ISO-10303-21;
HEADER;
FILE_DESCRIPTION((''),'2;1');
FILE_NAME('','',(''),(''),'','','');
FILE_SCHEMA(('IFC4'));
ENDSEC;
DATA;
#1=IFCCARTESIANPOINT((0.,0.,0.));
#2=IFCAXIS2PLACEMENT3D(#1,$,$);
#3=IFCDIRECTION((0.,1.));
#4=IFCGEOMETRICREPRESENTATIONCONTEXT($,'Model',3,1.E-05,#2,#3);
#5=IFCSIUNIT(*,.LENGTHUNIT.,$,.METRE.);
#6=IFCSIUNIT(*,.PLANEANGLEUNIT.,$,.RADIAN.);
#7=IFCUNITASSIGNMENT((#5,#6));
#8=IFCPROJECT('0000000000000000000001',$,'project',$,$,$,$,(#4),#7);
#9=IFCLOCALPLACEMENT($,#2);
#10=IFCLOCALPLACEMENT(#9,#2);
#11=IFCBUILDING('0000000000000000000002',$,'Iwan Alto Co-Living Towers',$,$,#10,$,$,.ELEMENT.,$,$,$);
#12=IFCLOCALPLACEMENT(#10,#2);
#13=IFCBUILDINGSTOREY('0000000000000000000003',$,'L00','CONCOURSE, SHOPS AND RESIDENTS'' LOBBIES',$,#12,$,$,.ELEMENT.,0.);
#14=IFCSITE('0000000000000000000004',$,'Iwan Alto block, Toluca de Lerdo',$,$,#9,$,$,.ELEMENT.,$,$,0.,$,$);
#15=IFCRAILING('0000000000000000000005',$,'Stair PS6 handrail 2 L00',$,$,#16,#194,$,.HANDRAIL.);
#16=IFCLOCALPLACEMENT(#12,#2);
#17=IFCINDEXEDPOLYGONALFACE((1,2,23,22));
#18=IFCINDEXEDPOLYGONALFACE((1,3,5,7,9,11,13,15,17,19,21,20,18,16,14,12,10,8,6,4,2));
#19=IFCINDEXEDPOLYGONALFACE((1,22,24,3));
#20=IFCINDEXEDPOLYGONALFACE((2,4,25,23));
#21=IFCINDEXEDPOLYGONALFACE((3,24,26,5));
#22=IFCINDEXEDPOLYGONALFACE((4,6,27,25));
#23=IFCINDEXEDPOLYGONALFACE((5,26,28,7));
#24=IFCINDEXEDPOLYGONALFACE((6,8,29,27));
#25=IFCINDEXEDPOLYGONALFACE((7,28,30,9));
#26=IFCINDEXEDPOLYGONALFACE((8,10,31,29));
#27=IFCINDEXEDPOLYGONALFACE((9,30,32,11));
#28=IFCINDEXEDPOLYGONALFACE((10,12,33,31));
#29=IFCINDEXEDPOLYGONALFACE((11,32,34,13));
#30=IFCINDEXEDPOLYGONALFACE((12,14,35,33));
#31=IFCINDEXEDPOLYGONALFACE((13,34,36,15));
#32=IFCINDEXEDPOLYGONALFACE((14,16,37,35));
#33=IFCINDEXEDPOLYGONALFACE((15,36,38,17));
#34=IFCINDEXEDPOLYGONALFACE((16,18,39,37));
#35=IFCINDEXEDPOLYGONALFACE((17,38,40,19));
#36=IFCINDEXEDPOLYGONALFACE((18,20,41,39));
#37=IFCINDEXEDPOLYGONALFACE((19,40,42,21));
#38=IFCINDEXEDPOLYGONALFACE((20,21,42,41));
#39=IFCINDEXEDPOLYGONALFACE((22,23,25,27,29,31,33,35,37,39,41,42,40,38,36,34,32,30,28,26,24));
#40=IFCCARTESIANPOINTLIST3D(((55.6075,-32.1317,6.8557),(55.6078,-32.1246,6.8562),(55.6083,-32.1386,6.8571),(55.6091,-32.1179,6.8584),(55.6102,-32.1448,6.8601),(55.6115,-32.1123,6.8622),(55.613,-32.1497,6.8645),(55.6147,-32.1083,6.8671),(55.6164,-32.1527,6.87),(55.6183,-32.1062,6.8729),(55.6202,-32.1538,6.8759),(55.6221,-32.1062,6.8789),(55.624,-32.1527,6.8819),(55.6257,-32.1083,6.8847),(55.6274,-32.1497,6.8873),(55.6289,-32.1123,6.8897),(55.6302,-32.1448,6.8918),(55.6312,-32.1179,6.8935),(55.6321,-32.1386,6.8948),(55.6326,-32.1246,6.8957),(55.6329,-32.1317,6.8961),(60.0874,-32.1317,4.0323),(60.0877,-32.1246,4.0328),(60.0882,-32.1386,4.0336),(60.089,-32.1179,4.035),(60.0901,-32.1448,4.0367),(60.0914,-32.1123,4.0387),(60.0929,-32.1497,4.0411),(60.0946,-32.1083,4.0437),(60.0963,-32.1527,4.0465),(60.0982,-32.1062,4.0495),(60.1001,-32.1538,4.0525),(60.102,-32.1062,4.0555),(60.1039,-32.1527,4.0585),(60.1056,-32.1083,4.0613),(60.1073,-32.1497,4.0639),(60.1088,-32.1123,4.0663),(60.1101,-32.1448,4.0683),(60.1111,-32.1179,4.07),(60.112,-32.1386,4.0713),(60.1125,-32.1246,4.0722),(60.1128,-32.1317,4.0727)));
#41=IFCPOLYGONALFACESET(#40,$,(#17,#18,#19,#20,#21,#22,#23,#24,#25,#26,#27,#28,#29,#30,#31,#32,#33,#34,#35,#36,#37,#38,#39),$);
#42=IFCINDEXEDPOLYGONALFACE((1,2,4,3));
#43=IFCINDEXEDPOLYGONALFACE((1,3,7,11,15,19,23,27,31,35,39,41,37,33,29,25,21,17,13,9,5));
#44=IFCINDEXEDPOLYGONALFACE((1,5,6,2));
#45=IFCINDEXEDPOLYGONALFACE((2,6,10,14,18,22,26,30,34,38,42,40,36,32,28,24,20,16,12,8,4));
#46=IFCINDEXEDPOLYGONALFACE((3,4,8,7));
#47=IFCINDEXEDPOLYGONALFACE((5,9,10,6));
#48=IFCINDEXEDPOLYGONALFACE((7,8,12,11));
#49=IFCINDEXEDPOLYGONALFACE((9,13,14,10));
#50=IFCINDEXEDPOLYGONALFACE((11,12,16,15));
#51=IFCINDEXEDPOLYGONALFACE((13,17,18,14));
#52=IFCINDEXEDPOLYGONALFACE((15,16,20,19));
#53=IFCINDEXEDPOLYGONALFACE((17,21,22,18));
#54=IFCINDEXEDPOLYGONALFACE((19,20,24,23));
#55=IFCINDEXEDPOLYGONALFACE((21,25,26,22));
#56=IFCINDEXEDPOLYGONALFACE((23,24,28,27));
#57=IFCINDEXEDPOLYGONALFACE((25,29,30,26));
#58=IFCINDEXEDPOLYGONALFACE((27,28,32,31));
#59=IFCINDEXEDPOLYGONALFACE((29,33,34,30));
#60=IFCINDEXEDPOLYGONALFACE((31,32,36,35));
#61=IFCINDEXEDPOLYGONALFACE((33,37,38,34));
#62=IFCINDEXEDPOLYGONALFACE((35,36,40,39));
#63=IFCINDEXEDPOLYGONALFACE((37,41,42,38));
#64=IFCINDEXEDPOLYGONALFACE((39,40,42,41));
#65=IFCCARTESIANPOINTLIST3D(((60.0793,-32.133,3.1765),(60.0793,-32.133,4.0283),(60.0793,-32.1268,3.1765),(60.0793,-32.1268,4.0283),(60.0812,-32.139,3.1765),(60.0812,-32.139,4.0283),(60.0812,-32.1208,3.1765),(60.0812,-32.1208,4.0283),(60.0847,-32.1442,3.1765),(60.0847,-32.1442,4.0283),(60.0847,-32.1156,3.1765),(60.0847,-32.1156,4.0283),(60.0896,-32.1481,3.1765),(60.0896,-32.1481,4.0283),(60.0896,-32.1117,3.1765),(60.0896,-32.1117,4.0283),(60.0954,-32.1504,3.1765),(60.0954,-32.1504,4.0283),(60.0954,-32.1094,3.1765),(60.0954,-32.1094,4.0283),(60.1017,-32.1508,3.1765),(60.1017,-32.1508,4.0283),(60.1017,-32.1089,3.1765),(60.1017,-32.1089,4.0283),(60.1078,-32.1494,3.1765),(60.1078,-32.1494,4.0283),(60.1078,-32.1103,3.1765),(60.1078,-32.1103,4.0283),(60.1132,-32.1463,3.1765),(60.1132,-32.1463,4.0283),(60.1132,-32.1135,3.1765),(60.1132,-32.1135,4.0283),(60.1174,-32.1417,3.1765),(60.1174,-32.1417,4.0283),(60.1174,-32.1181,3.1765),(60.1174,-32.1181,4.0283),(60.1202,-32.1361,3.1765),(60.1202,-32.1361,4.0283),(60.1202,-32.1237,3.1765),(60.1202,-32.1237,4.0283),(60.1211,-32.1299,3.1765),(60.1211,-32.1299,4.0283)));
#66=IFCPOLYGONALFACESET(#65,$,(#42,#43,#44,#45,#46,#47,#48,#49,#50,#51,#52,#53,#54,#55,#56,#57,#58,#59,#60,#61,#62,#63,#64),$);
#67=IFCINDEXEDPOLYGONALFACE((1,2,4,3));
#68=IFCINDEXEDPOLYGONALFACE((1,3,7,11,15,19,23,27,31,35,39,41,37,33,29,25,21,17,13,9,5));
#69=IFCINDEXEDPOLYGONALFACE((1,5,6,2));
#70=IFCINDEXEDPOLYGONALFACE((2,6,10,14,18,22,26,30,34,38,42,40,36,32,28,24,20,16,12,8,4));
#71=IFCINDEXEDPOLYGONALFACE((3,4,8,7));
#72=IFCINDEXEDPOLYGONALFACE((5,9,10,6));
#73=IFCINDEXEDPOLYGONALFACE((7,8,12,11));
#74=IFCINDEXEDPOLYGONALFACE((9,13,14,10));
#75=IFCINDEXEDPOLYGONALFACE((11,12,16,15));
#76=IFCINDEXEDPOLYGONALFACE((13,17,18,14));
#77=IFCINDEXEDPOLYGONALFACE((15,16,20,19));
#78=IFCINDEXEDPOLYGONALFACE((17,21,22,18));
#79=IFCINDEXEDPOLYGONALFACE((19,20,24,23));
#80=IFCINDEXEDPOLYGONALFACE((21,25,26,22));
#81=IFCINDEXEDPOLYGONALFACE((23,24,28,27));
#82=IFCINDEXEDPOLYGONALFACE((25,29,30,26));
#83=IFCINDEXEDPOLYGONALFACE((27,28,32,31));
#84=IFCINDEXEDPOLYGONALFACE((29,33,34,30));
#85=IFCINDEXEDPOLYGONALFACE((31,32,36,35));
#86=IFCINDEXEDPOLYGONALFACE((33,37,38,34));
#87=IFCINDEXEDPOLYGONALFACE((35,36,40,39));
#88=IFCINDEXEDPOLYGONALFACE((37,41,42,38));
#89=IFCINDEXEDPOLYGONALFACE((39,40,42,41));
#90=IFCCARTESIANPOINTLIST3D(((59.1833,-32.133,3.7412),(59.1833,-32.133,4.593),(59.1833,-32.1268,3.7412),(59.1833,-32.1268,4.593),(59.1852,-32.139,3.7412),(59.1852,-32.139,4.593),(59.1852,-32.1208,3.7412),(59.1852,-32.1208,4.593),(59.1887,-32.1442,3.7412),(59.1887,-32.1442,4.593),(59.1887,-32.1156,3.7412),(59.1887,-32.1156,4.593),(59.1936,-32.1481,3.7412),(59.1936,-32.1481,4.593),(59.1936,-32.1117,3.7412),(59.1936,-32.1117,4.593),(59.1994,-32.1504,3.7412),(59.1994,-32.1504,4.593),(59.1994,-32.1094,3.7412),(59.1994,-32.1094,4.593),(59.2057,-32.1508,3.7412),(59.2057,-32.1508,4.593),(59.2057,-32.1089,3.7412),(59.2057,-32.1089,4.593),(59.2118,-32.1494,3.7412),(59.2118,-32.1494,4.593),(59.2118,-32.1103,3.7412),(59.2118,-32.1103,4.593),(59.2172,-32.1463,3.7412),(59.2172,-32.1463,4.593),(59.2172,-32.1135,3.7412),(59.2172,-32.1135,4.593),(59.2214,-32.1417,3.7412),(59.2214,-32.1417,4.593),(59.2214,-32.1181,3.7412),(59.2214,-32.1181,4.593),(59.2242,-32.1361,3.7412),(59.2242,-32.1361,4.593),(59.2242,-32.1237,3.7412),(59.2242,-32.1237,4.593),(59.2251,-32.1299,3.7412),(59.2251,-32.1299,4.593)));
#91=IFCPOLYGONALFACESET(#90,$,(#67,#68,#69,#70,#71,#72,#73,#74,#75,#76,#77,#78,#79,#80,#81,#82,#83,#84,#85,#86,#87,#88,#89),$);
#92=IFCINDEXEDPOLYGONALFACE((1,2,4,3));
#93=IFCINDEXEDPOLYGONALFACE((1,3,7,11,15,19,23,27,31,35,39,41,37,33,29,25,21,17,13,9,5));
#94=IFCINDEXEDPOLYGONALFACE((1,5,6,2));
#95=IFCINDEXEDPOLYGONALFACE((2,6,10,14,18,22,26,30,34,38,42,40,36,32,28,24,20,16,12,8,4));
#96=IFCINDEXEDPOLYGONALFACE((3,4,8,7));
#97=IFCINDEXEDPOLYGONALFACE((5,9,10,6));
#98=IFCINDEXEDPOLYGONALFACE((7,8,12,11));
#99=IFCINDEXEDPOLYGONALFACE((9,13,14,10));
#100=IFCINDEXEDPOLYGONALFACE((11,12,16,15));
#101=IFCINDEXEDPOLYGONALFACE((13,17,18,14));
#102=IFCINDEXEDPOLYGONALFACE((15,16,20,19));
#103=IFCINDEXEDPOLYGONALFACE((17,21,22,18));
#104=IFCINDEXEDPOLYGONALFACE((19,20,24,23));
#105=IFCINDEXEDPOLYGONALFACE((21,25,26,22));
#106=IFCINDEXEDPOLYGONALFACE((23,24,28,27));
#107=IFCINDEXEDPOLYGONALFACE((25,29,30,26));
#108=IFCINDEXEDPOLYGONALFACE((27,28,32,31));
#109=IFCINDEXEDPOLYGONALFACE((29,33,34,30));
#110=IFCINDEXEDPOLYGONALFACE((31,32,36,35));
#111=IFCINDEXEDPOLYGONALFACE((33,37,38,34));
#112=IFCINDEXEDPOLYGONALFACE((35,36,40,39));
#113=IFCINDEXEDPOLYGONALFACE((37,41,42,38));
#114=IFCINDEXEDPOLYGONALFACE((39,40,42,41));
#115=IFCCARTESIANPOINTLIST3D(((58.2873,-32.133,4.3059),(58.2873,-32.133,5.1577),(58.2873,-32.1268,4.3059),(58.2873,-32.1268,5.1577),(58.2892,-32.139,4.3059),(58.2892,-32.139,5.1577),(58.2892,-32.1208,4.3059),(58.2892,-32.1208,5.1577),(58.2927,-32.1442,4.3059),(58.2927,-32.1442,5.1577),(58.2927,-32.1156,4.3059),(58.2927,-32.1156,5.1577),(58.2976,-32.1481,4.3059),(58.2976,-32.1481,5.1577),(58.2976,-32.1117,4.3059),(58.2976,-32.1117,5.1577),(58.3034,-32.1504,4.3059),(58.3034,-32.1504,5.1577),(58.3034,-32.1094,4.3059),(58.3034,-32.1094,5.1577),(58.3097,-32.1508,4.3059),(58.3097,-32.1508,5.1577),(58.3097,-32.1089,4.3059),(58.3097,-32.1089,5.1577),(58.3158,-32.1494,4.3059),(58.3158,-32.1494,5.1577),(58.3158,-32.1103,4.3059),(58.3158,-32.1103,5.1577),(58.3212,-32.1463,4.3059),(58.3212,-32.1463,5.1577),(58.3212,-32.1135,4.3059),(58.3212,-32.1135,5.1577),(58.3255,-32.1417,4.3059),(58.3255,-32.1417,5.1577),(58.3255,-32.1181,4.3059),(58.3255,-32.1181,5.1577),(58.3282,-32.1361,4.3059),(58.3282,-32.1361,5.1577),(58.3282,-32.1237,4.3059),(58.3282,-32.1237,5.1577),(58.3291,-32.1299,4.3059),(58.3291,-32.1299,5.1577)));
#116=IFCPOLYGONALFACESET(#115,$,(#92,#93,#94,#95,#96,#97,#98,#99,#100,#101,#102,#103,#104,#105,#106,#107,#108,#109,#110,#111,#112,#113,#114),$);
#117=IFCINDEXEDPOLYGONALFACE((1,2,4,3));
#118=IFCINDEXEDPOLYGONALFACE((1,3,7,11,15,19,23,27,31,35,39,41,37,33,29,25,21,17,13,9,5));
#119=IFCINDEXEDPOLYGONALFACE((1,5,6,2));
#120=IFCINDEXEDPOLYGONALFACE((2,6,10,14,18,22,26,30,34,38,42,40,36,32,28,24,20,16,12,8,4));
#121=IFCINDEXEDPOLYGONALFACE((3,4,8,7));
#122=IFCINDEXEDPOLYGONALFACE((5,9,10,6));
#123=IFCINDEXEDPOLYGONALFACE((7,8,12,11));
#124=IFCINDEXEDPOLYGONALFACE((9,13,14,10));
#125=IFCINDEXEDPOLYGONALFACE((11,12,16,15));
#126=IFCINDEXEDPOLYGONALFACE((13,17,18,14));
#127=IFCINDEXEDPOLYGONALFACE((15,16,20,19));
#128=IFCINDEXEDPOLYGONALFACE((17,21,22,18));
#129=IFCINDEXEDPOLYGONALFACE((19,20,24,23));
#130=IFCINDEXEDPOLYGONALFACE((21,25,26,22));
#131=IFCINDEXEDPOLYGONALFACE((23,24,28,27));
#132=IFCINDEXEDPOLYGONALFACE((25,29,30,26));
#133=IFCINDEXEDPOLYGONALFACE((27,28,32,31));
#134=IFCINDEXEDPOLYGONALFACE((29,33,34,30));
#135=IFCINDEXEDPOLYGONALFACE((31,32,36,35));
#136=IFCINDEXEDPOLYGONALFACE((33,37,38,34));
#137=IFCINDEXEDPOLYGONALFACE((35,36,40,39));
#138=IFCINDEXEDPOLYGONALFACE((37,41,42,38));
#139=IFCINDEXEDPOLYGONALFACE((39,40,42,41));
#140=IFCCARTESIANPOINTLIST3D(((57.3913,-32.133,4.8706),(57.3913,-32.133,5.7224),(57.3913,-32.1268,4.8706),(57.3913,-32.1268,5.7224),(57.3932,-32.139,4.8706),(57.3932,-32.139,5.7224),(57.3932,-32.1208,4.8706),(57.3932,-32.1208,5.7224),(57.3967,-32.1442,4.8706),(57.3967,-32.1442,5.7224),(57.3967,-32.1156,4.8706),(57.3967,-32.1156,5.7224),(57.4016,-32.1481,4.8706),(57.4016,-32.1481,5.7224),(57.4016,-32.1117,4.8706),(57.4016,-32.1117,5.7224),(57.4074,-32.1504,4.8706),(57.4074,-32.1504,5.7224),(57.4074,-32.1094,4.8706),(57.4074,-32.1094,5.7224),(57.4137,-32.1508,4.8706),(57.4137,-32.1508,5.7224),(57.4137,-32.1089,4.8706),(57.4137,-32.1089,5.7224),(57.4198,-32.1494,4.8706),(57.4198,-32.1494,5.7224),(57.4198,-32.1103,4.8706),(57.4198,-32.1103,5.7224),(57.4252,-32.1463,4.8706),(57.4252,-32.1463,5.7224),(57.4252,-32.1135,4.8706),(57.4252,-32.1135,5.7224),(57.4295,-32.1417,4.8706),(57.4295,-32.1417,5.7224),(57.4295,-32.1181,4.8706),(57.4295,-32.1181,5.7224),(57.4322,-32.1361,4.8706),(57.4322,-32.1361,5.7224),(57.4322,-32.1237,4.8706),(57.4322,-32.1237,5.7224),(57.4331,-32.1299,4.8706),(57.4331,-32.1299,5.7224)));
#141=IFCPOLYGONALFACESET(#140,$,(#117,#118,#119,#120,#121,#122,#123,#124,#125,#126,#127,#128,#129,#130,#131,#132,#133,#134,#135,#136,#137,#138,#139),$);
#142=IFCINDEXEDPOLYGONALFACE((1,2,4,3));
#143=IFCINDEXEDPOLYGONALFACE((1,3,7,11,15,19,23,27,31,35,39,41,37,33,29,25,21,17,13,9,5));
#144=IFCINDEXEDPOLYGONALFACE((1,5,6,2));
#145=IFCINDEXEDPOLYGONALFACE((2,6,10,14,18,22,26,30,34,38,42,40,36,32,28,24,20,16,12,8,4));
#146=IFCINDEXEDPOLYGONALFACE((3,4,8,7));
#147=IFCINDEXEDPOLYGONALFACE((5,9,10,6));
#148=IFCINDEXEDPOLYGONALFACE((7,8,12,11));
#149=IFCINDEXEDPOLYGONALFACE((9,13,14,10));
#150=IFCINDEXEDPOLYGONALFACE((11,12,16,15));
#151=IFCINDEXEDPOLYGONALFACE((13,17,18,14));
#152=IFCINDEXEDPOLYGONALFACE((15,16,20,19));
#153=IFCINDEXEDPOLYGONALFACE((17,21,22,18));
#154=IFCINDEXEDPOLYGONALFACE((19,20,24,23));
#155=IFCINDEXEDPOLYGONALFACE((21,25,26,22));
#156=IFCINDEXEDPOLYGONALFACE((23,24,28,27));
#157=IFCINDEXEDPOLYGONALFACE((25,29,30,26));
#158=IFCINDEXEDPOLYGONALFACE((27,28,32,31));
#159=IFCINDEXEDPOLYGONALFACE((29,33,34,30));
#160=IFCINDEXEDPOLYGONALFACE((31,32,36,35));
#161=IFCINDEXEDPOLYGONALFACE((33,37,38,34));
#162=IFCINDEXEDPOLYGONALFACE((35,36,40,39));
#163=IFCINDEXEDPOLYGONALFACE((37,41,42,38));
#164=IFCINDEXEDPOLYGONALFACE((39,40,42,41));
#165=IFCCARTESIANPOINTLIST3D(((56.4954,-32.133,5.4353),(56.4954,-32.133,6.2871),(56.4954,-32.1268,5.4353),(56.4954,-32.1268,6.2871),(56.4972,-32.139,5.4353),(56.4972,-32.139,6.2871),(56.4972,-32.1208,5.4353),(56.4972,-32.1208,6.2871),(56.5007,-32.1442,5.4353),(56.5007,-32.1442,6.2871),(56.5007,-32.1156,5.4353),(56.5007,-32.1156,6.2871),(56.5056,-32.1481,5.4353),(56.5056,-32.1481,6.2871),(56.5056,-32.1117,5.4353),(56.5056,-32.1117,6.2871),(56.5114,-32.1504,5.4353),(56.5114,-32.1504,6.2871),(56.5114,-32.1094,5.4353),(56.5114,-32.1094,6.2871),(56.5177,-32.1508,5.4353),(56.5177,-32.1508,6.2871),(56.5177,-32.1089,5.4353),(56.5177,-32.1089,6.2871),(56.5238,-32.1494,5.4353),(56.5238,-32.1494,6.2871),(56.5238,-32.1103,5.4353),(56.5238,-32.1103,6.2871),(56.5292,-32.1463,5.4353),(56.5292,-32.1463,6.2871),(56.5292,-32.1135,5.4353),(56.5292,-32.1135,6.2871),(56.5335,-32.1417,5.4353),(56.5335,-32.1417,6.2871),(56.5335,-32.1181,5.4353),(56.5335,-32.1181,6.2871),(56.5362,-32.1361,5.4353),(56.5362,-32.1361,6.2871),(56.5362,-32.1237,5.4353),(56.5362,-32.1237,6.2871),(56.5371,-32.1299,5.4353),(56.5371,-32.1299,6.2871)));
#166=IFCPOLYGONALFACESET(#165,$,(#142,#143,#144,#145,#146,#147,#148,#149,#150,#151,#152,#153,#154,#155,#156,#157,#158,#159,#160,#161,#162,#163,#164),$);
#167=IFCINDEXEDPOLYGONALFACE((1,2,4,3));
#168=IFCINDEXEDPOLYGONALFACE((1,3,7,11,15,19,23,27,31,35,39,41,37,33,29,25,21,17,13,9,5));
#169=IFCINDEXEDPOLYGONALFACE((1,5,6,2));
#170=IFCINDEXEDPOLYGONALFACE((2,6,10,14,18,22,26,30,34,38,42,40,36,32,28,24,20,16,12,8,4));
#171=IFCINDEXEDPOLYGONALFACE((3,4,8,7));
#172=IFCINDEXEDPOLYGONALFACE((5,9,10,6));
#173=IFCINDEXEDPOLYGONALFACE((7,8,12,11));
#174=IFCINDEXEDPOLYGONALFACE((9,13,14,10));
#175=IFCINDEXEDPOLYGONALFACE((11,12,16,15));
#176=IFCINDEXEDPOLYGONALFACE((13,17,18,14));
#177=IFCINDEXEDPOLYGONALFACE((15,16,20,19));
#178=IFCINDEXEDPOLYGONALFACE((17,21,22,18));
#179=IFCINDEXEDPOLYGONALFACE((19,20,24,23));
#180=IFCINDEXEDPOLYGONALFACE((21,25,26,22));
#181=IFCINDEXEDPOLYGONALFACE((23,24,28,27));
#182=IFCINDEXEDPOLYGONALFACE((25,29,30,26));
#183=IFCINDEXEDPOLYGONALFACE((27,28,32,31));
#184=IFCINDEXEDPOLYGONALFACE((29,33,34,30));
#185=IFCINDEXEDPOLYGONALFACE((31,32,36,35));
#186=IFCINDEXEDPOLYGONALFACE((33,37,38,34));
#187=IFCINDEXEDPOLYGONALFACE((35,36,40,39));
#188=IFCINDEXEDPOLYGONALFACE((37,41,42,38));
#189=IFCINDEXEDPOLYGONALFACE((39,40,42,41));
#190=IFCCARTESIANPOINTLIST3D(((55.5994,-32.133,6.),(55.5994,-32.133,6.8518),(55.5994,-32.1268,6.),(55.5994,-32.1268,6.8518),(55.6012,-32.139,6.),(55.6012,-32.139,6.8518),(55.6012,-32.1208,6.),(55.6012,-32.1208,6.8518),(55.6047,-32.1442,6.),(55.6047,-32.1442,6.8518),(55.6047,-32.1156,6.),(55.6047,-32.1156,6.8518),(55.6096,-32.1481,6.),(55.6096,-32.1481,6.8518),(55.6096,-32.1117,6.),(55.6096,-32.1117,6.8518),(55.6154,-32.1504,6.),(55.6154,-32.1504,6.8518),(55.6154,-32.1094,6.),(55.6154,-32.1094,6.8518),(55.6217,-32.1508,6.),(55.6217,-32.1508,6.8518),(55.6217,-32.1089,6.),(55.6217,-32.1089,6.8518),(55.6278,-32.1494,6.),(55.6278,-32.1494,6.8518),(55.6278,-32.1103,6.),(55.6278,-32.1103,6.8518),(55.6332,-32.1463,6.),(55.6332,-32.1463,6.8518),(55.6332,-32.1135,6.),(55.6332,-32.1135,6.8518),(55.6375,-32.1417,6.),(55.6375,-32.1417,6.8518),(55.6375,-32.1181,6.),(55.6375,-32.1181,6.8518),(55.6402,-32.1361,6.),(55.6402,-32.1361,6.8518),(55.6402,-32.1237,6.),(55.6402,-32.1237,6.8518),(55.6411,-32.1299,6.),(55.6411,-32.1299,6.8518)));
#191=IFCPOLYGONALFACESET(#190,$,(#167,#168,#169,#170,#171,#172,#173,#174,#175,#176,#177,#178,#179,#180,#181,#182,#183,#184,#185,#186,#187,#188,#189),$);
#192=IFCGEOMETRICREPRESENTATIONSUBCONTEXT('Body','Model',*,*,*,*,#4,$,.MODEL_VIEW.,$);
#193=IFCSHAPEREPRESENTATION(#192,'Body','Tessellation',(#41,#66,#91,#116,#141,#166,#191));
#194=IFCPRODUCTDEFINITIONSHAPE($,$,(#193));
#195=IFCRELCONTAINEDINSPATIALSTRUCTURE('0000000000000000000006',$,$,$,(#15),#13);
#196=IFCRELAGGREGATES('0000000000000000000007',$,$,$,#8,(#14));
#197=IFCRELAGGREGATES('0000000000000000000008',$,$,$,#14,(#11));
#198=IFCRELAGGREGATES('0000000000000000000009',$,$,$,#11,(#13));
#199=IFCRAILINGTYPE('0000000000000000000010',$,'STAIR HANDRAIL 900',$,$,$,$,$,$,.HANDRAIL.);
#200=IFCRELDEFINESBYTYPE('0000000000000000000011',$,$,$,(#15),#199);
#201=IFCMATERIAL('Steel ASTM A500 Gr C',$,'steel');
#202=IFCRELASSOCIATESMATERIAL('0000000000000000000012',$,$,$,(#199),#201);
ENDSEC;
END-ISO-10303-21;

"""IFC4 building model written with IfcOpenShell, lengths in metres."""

from ifc_helpers import new_model, si_unit, direction, frame, origin, origin_2d, place, context, subcontext, project, spatial, circle, extrude, material, type_object, element, save


model = new_model("IFC4")

# Units and contexts
model_context = context("Model", 3, precision=1e-05, world=origin(), true_north=direction((0.0, 1.0)))
body_context = subcontext(model_context, "Body", "Model", "MODEL_VIEW")
ifc_project = project(units=[si_unit("LENGTHUNIT", "METRE"), si_unit("PLANEANGLEUNIT", "RADIAN")], contexts=[model_context])

# Site, building, storey
site_placement = place(None, origin())
site = spatial("IfcSite", under=ifc_project, at=site_placement, Name="Iwan Alto block, Toluca de Lerdo", CompositionType="ELEMENT", RefElevation=0.0)
building_placement = place(site_placement, origin())
building = spatial("IfcBuilding", under=site, at=building_placement, Name="Iwan Alto Co-Living Towers", CompositionType="ELEMENT")
storey_placement = place(building_placement, origin())
storey = spatial("IfcBuildingStorey", under=building, at=storey_placement, Name="L00", Description="CONCOURSE, SHOPS AND RESIDENTS' LOBBIES", CompositionType="ELEMENT", Elevation=0.0)

# Railing
ifc_material_1 = material(Name="Steel ASTM A500 Gr C", Category="steel")
railing_type_1 = type_object("IfcRailingType", Name="STAIR HANDRAIL 900", PredefinedType="HANDRAIL", material=ifc_material_1)
railing_1_placement = place(storey_placement, frame((60.1001, -32.1299, 3.1765)))
element("IfcRailing", 1, at=railing_1_placement, inside=storey, type_object=railing_type_1, Name="Stair PS6 handrail 2 L00", PredefinedType="HANDRAIL", context=body_context, shape_type="SweptSolid", body=[
    extrude(circle(Radius=0.0239, at=origin_2d()), frame((0.0, 0.0, 0.876), z_axis=(-0.845998, 0.0, 0.533186), x_axis=(0.0, -1.0, 0.0)), (0.0, 0.0, 1.0), 5.2954),
    extrude(circle(Radius=0.021, at=origin_2d()), origin(), (0.0, 0.0, 1.0), 0.8518),
    extrude(circle(Radius=0.021, at=origin_2d()), frame((-0.896, 0.0, 0.5647)), (0.0, 0.0, 1.0), 0.8518),
    extrude(circle(Radius=0.021, at=origin_2d()), frame((-1.792, 0.0, 1.1294)), (0.0, 0.0, 1.0), 0.8518),
    extrude(circle(Radius=0.021, at=origin_2d()), frame((-2.688, 0.0, 1.6941)), (0.0, 0.0, 1.0), 0.8518),
    extrude(circle(Radius=0.021, at=origin_2d()), frame((-3.584, 0.0, 2.2588)), (0.0, 0.0, 1.0), 0.8518),
    extrude(circle(Radius=0.021, at=origin_2d()), frame((-4.48, 0.0, 2.8235)), (0.0, 0.0, 1.0), 0.8518),
])

save(model, "model.ifc")
